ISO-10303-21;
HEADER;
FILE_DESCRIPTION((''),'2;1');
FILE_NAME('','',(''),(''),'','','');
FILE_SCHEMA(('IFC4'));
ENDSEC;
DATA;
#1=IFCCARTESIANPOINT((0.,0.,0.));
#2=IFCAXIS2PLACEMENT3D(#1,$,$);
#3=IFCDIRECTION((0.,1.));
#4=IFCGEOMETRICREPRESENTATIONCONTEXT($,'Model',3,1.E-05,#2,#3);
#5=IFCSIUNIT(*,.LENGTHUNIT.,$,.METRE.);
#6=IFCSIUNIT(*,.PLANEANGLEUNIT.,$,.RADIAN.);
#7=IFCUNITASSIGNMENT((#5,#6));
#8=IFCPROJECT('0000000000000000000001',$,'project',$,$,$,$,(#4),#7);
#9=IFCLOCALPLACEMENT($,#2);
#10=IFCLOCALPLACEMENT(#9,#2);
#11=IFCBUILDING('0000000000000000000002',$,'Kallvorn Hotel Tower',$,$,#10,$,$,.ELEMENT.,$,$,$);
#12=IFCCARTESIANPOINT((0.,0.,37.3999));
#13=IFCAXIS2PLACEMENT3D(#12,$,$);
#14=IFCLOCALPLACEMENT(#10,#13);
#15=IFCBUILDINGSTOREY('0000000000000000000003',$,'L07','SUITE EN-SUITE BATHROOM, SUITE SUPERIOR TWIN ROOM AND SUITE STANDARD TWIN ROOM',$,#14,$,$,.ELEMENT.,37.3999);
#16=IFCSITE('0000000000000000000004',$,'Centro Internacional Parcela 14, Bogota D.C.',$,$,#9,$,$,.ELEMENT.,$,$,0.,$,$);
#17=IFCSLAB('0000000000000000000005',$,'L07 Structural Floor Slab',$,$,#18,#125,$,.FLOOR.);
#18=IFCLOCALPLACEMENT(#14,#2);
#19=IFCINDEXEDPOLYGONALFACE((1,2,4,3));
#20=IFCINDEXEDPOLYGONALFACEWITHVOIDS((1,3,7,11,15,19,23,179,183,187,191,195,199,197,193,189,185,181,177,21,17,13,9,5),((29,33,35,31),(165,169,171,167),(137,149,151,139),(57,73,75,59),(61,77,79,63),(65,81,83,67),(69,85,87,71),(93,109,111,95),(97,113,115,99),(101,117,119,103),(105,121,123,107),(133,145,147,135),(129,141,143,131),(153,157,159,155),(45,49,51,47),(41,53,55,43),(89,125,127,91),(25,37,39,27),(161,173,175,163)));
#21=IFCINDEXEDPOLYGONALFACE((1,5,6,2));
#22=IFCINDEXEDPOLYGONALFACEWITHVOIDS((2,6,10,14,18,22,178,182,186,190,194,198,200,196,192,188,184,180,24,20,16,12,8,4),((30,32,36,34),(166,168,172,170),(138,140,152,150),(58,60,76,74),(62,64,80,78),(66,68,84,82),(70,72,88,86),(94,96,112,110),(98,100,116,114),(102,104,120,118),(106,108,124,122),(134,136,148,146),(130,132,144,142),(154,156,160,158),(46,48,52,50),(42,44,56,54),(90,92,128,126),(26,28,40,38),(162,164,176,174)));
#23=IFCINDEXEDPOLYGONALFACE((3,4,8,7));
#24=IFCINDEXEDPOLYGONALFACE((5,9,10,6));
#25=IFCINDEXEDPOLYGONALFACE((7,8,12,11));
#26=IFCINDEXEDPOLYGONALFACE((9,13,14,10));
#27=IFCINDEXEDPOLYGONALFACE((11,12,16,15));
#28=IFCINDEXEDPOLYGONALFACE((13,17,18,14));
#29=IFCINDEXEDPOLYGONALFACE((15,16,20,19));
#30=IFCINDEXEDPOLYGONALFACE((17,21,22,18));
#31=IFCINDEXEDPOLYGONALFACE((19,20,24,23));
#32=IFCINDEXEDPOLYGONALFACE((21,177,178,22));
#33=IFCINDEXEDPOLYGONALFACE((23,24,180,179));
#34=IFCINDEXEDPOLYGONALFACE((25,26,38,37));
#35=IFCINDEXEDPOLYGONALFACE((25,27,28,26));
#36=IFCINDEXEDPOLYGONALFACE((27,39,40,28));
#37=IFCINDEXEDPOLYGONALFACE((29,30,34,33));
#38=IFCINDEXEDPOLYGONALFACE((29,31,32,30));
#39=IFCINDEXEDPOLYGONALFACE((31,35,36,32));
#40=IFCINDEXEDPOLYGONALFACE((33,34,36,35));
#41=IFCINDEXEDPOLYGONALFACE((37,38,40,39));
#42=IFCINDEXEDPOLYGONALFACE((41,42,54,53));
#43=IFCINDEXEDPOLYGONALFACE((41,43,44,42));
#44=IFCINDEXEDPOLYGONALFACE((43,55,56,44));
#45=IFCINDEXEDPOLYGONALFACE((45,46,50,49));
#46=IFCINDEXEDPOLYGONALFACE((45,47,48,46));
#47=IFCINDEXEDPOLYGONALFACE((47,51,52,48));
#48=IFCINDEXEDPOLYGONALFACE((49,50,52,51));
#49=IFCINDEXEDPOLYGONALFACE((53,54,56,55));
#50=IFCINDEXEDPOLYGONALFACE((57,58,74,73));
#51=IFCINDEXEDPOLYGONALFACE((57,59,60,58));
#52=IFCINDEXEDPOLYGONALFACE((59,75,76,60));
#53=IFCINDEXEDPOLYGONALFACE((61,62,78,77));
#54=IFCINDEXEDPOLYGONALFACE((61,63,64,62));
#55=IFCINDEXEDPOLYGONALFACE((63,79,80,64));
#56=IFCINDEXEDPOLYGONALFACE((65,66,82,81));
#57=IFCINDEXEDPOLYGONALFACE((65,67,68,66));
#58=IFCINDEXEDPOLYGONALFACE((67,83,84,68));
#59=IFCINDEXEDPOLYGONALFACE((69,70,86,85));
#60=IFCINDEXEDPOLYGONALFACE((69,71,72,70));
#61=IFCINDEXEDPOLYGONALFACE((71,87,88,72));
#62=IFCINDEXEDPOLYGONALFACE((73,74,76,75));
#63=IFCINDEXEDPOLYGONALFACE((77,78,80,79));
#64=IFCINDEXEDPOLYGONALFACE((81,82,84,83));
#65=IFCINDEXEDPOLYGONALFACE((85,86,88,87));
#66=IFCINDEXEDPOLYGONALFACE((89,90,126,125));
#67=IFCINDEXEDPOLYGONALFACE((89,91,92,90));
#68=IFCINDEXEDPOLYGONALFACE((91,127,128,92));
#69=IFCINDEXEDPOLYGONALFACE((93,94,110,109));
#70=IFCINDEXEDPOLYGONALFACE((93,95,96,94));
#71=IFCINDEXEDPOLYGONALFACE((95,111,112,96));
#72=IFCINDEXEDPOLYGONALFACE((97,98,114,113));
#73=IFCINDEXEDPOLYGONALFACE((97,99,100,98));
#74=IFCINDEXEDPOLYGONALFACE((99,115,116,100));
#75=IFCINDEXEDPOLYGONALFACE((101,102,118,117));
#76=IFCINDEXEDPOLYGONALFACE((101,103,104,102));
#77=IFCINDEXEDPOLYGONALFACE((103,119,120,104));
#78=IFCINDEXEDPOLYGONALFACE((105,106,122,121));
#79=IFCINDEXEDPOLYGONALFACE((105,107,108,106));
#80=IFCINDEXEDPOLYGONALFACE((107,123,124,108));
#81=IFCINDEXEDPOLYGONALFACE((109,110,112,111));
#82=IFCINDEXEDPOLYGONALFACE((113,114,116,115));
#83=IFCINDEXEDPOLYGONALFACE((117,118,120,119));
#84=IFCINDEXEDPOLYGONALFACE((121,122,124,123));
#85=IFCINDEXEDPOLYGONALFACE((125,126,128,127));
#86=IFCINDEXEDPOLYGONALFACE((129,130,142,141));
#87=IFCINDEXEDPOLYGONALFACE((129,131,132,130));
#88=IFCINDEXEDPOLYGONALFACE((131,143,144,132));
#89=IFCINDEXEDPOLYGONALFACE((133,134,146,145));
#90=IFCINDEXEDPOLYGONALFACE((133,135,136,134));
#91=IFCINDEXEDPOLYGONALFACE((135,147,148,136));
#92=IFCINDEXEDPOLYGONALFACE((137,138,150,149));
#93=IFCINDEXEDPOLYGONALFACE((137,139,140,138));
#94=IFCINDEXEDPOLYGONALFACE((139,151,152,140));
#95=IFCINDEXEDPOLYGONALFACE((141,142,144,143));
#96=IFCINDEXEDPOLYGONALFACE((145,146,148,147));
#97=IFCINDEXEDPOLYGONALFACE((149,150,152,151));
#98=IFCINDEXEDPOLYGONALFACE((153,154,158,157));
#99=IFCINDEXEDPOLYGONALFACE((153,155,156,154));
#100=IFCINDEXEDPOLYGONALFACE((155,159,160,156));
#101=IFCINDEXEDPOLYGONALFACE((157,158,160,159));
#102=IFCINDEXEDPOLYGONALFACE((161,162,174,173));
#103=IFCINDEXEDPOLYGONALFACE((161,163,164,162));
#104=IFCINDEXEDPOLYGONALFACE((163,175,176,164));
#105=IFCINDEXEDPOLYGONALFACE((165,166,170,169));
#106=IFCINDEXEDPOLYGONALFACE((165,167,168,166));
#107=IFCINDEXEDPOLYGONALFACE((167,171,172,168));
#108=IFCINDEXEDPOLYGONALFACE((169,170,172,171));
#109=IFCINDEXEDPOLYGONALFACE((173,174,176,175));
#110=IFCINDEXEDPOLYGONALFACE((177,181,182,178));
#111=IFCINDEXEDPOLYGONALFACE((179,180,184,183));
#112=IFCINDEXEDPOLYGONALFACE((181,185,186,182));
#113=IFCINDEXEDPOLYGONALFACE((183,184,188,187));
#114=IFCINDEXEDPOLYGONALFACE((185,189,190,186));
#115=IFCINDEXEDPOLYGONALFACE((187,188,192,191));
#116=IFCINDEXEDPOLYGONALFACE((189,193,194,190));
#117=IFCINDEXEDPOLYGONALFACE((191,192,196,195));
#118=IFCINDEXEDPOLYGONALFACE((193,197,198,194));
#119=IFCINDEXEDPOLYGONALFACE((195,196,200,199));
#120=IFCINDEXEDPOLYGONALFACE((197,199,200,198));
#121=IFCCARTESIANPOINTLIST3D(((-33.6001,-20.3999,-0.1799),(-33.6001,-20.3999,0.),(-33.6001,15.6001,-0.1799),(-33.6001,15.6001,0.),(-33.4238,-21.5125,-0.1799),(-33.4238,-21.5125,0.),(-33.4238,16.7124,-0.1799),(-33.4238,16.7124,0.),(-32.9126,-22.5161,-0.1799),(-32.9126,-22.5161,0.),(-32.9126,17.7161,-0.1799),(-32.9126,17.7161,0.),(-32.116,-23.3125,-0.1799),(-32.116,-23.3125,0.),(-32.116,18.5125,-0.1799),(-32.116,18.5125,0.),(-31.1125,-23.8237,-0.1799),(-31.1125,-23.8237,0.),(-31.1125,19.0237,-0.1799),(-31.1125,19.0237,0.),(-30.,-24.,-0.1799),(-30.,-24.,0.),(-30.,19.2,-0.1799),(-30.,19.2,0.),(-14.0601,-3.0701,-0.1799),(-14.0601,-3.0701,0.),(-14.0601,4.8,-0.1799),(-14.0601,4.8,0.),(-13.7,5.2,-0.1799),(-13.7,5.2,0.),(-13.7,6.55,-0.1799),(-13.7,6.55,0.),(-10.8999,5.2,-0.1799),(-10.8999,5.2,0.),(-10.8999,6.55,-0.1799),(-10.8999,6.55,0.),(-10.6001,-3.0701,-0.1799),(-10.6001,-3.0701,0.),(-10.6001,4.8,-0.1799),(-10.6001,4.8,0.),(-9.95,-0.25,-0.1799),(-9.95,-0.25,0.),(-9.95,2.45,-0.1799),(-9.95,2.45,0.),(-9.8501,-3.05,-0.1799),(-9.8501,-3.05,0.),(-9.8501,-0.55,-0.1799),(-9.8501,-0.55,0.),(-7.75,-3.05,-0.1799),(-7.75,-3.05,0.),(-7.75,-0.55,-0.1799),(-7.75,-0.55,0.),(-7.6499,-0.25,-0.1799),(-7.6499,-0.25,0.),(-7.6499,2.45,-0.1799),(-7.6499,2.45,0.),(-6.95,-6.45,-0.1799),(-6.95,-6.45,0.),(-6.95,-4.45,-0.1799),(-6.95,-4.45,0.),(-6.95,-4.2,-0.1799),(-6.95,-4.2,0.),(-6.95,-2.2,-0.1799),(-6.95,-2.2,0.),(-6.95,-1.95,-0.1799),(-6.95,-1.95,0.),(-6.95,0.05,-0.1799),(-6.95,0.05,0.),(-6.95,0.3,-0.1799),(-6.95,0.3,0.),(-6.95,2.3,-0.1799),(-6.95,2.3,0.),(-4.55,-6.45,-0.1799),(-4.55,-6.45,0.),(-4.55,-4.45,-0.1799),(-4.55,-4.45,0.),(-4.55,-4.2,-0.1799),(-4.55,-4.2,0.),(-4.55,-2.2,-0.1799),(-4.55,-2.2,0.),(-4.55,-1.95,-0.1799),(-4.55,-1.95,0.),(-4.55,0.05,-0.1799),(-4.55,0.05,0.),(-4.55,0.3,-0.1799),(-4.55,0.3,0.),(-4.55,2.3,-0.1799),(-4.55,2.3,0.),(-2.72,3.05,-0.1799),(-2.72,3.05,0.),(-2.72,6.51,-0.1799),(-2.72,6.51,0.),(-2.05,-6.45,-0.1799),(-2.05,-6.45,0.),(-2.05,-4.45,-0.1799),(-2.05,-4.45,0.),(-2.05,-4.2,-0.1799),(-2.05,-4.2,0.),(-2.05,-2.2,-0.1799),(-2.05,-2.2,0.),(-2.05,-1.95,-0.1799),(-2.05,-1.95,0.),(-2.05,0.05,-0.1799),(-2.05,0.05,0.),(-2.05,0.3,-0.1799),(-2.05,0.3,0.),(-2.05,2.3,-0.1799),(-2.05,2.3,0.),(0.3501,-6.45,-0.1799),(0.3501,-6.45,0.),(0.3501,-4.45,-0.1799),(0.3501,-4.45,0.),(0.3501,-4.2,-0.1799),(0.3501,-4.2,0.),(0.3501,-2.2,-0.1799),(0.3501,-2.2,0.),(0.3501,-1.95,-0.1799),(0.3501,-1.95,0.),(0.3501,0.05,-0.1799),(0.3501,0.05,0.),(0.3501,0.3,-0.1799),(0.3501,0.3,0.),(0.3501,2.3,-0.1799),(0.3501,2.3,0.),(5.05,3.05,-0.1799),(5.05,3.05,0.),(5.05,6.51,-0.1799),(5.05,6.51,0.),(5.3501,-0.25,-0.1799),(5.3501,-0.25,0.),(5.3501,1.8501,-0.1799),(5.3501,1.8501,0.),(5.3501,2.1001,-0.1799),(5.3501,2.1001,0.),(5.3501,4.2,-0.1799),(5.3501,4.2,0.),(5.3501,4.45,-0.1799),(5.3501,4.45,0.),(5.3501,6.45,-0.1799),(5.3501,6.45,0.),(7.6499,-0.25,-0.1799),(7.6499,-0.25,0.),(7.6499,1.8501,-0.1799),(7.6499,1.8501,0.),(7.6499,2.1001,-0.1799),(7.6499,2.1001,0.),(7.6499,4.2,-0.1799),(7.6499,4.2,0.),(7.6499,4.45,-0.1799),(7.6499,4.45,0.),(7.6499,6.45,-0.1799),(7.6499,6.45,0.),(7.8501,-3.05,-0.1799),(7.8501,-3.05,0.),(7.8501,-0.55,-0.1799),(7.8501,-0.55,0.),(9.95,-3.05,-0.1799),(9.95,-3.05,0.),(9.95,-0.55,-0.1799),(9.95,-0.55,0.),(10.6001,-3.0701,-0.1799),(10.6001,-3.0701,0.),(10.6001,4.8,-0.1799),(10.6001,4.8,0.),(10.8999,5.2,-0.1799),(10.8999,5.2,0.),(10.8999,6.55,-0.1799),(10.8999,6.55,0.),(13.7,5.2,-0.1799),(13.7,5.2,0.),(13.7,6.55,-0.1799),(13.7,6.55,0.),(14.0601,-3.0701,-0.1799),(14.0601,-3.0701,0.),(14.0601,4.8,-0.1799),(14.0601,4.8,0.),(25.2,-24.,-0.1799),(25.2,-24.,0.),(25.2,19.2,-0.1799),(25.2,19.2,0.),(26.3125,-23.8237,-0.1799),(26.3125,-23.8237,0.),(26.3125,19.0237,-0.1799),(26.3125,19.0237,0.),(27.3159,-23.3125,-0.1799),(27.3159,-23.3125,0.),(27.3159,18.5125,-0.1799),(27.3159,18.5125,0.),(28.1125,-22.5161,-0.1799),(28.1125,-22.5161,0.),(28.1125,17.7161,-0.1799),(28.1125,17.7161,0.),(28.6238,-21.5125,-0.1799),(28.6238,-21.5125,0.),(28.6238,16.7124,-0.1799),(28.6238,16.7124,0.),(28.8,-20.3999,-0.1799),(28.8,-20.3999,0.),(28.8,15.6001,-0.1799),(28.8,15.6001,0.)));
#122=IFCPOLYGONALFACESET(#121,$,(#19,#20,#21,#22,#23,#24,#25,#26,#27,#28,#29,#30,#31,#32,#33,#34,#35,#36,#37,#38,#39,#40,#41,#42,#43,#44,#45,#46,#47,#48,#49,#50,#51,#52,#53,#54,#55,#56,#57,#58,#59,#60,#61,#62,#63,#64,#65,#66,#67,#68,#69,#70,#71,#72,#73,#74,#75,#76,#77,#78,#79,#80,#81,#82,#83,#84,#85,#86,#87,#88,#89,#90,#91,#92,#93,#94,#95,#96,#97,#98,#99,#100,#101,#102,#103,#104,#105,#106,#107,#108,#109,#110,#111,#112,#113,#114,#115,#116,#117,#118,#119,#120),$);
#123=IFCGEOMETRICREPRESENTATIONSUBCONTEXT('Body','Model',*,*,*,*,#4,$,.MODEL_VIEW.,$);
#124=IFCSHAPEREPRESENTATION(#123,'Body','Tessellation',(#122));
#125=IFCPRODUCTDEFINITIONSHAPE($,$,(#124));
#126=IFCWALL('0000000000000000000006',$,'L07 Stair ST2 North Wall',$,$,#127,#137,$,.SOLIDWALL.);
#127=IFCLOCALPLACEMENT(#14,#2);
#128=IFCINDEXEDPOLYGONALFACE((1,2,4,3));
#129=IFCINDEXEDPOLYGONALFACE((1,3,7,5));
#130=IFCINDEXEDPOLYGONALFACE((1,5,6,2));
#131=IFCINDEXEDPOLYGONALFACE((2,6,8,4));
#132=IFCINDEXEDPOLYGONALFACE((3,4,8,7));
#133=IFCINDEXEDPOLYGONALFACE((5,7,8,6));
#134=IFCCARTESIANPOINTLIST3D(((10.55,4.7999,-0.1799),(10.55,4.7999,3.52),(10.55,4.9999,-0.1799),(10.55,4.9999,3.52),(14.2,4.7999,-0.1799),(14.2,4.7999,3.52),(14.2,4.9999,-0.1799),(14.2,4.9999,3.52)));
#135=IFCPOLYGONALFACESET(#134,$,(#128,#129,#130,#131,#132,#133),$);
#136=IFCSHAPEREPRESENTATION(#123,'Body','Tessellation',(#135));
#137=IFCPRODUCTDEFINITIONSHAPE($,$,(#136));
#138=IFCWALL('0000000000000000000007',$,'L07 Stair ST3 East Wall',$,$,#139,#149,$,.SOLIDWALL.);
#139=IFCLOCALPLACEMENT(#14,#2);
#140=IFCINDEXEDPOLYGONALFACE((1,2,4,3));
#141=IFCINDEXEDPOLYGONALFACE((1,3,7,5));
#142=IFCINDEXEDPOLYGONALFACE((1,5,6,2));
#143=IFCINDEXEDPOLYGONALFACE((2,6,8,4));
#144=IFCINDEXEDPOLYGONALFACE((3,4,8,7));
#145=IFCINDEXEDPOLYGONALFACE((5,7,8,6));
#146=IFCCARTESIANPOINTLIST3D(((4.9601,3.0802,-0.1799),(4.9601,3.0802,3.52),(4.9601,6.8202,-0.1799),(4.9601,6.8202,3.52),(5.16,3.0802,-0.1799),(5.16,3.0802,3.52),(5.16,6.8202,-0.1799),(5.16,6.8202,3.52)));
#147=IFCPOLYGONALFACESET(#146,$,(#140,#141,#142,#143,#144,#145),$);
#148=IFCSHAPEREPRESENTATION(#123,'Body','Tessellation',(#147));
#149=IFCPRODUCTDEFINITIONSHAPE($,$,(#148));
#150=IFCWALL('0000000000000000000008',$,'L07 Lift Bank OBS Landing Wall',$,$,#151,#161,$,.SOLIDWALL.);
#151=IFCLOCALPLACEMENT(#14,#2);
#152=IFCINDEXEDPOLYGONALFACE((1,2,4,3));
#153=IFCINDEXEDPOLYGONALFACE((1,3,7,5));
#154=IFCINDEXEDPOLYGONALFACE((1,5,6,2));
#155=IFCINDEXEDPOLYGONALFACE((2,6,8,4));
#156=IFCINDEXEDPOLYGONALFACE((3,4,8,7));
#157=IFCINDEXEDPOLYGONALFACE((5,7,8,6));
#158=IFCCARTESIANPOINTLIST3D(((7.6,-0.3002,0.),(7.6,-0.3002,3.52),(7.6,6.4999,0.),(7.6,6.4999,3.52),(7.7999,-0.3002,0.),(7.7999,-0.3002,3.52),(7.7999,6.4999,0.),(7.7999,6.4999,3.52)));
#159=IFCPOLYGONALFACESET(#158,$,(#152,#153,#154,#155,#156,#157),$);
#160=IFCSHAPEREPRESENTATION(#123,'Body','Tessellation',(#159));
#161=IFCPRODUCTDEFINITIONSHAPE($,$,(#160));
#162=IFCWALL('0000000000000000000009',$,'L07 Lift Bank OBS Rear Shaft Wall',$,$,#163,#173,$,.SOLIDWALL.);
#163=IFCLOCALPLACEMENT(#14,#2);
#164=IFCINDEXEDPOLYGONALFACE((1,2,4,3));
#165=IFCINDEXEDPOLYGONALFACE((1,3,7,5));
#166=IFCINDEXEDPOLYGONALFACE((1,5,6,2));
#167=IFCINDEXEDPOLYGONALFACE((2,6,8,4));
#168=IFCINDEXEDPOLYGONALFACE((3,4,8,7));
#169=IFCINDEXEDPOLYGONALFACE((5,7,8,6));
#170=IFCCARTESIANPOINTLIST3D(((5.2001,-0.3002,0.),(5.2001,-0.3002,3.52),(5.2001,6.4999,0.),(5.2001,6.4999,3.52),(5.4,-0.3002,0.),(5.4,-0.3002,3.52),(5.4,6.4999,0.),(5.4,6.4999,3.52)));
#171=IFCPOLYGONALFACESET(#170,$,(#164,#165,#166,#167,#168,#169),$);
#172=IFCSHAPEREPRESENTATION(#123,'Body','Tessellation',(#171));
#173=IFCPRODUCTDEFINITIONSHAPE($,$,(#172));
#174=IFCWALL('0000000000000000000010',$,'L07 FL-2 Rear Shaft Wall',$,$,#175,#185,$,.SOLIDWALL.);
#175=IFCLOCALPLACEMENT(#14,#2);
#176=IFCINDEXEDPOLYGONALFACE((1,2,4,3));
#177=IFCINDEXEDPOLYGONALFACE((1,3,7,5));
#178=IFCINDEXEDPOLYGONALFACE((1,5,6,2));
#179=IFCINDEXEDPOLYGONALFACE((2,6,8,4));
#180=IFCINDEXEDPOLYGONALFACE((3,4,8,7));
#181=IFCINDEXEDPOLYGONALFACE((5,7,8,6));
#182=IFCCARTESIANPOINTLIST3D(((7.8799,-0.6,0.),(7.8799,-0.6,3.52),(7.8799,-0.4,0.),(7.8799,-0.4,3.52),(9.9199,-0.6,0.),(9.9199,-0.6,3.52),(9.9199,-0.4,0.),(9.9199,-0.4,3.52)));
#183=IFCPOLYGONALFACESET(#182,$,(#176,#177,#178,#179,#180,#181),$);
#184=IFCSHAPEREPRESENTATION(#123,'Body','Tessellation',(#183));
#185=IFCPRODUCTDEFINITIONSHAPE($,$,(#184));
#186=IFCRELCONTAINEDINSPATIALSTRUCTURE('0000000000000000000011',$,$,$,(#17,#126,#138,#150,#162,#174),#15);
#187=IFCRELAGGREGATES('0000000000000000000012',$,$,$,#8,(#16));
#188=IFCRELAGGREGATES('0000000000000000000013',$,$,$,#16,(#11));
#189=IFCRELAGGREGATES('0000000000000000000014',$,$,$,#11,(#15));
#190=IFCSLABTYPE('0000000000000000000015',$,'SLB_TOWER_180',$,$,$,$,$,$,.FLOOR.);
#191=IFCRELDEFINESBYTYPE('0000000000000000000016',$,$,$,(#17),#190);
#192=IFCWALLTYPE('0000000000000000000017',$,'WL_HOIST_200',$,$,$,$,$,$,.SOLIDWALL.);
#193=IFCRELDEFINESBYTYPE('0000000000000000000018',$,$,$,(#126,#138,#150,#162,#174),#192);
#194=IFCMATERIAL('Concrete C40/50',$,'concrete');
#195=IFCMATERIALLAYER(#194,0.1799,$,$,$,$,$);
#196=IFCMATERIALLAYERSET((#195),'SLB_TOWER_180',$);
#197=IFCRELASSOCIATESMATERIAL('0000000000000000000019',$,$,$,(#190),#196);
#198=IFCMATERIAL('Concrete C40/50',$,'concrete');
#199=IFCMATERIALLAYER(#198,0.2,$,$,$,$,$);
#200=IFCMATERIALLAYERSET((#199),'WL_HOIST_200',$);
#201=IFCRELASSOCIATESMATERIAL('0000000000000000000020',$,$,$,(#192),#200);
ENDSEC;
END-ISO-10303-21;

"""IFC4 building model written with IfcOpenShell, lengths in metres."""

from ifc_helpers import new_model, si_unit, direction, frame, frame_2d, origin, place, context, subcontext, project, spatial, polyline, rectangle, outline, extrude, material, layer, layer_set, type_object, element, save


model = new_model("IFC4")

# Units and contexts
model_context = context("Model", 3, precision=1e-05, world=origin(), true_north=direction((0.0, 1.0)))
body_context = subcontext(model_context, "Body", "Model", "MODEL_VIEW")
ifc_project = project(units=[si_unit("LENGTHUNIT", "METRE"), si_unit("PLANEANGLEUNIT", "RADIAN")], contexts=[model_context])

# Site, building, storey
site_placement = place(None, origin())
site = spatial("IfcSite", under=ifc_project, at=site_placement, Name="Centro Internacional Parcela 14, Bogota D.C.", CompositionType="ELEMENT", RefElevation=0.0)
building_placement = place(site_placement, origin())
building = spatial("IfcBuilding", under=site, at=building_placement, Name="Kallvorn Hotel Tower", CompositionType="ELEMENT")
storey_placement = place(building_placement, frame((0.0, 0.0, 37.3999)))
storey = spatial("IfcBuildingStorey", under=building, at=storey_placement, Name="L07", Description="SUITE EN-SUITE BATHROOM, SUITE SUPERIOR TWIN ROOM AND SUITE STANDARD TWIN ROOM", CompositionType="ELEMENT", Elevation=37.3999)

# Slab
ifc_material_1 = material(Name="Concrete C40/50", Category="concrete")
ifc_layer_1 = layer(ifc_material_1, 0.1799)
ifc_layer_set_1 = layer_set([ifc_layer_1], Name="SLB_TOWER_180")
slab_type_1 = type_object("IfcSlabType", Name="SLB_TOWER_180", PredefinedType="FLOOR", material=ifc_layer_set_1)
slab_1_placement = place(storey_placement, frame((0.0, 0.0, -0.1799)))
element("IfcSlab", 1, at=slab_1_placement, inside=storey, type_object=slab_type_1, Name="L07 Structural Floor Slab", PredefinedType="FLOOR", context=body_context, shape_type="SweptSolid", body=[
    extrude(outline(polyline([(25.2, -24.0), (26.3125, -23.8237), (27.3159, -23.3125), (28.1125, -22.5161), (28.6238, -21.5125), (28.8, -20.3999), (28.8, 15.6001), (28.6238, 16.7124), (28.1125, 17.7161), (27.3159, 18.5125), (26.3125, 19.0237), (25.2, 19.2), (-30.0, 19.2), (-31.1125, 19.0237), (-32.116, 18.5125), (-32.9126, 17.7161), (-33.4238, 16.7124), (-33.6001, 15.6001), (-33.6001, -20.3999), (-33.4238, -21.5125), (-32.9126, -22.5161), (-32.116, -23.3125), (-31.1125, -23.8237), (-30.0, -24.0), (25.2, -24.0)]), holes=[polyline([(-10.6001, -3.0701), (-10.6001, 4.8), (-14.0601, 4.8), (-14.0601, -3.0701), (-10.6001, -3.0701)]), polyline([(14.0601, -3.0701), (14.0601, 4.8), (10.6001, 4.8), (10.6001, -3.0701), (14.0601, -3.0701)]), polyline([(-2.72, 3.05), (5.05, 3.05), (5.05, 6.51), (-2.72, 6.51), (-2.72, 3.05)]), polyline([(-6.95, -6.45), (-4.55, -6.45), (-4.55, -4.45), (-6.95, -4.45), (-6.95, -6.45)]), polyline([(-6.95, -4.2), (-4.55, -4.2), (-4.55, -2.2), (-6.95, -2.2), (-6.95, -4.2)]), polyline([(-6.95, -1.95), (-4.55, -1.95), (-4.55, 0.05), (-6.95, 0.05), (-6.95, -1.95)]), polyline([(-6.95, 0.3), (-4.55, 0.3), (-4.55, 2.3), (-6.95, 2.3), (-6.95, 0.3)]), polyline([(-2.05, -6.45), (0.3501, -6.45), (0.3501, -4.45), (-2.05, -4.45), (-2.05, -6.45)]), polyline([(-2.05, -4.2), (0.3501, -4.2), (0.3501, -2.2), (-2.05, -2.2), (-2.05, -4.2)]), polyline([(-2.05, -1.95), (0.3501, -1.95), (0.3501, 0.05), (-2.05, 0.05), (-2.05, -1.95)]), polyline([(-2.05, 0.3), (0.3501, 0.3), (0.3501, 2.3), (-2.05, 2.3), (-2.05, 0.3)]), polyline([(5.3501, -0.25), (7.6499, -0.25), (7.6499, 1.8501), (5.3501, 1.8501), (5.3501, -0.25)]), polyline([(5.3501, 2.1001), (7.6499, 2.1001), (7.6499, 4.2), (5.3501, 4.2), (5.3501, 2.1001)]), polyline([(5.3501, 4.45), (7.6499, 4.45), (7.6499, 6.45), (5.3501, 6.45), (5.3501, 4.45)]), polyline([(-9.8501, -3.05), (-7.75, -3.05), (-7.75, -0.55), (-9.8501, -0.55), (-9.8501, -3.05)]), polyline([(7.8501, -3.05), (9.95, -3.05), (9.95, -0.55), (7.8501, -0.55), (7.8501, -3.05)]), polyline([(-9.95, -0.25), (-7.6499, -0.25), (-7.6499, 2.45), (-9.95, 2.45), (-9.95, -0.25)]), polyline([(-13.7, 5.2), (-10.8999, 5.2), (-10.8999, 6.55), (-13.7, 6.55), (-13.7, 5.2)]), polyline([(10.8999, 5.2), (13.7, 5.2), (13.7, 6.55), (10.8999, 6.55), (10.8999, 5.2)])]), origin(), (0.0, 0.0, 1.0), 0.1799),
])

# Walls
ifc_material_2 = material(Name="Concrete C40/50", Category="concrete")
ifc_layer_2 = layer(ifc_material_2, 0.2)
ifc_layer_set_2 = layer_set([ifc_layer_2], Name="WL_HOIST_200")
wall_type_1 = type_object("IfcWallType", Name="WL_HOIST_200", PredefinedType="SOLIDWALL", material=ifc_layer_set_2)
wall_1_placement = place(storey_placement, frame((10.55, 4.8999, -0.1799), z_axis=(0.0, 0.0, 1.0), x_axis=(1.0, 0.0, 0.0)))
element("IfcWall", 2, at=wall_1_placement, inside=storey, type_object=wall_type_1, Name="L07 Stair ST2 North Wall", PredefinedType="SOLIDWALL", context=body_context, shape_type="SweptSolid", body=[
    extrude(rectangle(XDim=3.6499, YDim=0.2, at=frame_2d((1.825, 0.0))), origin(), (0.0, 0.0, 1.0), 3.7),
])
wall_2_placement = place(storey_placement, frame((5.0601, 3.0801, -0.1799), z_axis=(0.0, 0.0, 1.0), x_axis=(0.0, 1.0, 0.0)))
element("IfcWall", 3, at=wall_2_placement, inside=storey, type_object=wall_type_1, Name="L07 Stair ST3 East Wall", PredefinedType="SOLIDWALL", context=body_context, shape_type="SweptSolid", body=[
    extrude(rectangle(XDim=3.74, YDim=0.2, at=frame_2d((1.8701, 0.0))), origin(), (0.0, 0.0, 1.0), 3.7),
])
for number, where, z_axis, x_axis, name in (
    (4, (7.7, -0.3, 0.0), (0.0, 0.0, 1.0), (0.0, 1.0, 0.0), "L07 Lift Bank OBS Landing Wall"),
    (5, (5.3, -0.3, 0.0), (0.0, 0.0, 1.0), (0.0, 1.0, 0.0), "L07 Lift Bank OBS Rear Shaft Wall"),
):
    element("IfcWall", number, at=place(storey_placement, frame(where, z_axis=z_axis, x_axis=x_axis)), inside=storey, type_object=wall_type_1, Name=name, PredefinedType="SOLIDWALL", context=body_context, shape_type="SweptSolid", body=[
        extrude(rectangle(XDim=6.8, YDim=0.2, at=frame_2d((3.3999, 0.0))), origin(), (0.0, 0.0, 1.0), 3.52),
    ])
wall_3_placement = place(storey_placement, frame((7.8799, -0.5, 0.0), z_axis=(0.0, 0.0, 1.0), x_axis=(1.0, 0.0, 0.0)))
element("IfcWall", 6, at=wall_3_placement, inside=storey, type_object=wall_type_1, Name="L07 FL-2 Rear Shaft Wall", PredefinedType="SOLIDWALL", context=body_context, shape_type="SweptSolid", body=[
    extrude(rectangle(XDim=2.04, YDim=0.2, at=frame_2d((1.02, 0.0))), origin(), (0.0, 0.0, 1.0), 3.52),
])

save(model, "model.ifc")
